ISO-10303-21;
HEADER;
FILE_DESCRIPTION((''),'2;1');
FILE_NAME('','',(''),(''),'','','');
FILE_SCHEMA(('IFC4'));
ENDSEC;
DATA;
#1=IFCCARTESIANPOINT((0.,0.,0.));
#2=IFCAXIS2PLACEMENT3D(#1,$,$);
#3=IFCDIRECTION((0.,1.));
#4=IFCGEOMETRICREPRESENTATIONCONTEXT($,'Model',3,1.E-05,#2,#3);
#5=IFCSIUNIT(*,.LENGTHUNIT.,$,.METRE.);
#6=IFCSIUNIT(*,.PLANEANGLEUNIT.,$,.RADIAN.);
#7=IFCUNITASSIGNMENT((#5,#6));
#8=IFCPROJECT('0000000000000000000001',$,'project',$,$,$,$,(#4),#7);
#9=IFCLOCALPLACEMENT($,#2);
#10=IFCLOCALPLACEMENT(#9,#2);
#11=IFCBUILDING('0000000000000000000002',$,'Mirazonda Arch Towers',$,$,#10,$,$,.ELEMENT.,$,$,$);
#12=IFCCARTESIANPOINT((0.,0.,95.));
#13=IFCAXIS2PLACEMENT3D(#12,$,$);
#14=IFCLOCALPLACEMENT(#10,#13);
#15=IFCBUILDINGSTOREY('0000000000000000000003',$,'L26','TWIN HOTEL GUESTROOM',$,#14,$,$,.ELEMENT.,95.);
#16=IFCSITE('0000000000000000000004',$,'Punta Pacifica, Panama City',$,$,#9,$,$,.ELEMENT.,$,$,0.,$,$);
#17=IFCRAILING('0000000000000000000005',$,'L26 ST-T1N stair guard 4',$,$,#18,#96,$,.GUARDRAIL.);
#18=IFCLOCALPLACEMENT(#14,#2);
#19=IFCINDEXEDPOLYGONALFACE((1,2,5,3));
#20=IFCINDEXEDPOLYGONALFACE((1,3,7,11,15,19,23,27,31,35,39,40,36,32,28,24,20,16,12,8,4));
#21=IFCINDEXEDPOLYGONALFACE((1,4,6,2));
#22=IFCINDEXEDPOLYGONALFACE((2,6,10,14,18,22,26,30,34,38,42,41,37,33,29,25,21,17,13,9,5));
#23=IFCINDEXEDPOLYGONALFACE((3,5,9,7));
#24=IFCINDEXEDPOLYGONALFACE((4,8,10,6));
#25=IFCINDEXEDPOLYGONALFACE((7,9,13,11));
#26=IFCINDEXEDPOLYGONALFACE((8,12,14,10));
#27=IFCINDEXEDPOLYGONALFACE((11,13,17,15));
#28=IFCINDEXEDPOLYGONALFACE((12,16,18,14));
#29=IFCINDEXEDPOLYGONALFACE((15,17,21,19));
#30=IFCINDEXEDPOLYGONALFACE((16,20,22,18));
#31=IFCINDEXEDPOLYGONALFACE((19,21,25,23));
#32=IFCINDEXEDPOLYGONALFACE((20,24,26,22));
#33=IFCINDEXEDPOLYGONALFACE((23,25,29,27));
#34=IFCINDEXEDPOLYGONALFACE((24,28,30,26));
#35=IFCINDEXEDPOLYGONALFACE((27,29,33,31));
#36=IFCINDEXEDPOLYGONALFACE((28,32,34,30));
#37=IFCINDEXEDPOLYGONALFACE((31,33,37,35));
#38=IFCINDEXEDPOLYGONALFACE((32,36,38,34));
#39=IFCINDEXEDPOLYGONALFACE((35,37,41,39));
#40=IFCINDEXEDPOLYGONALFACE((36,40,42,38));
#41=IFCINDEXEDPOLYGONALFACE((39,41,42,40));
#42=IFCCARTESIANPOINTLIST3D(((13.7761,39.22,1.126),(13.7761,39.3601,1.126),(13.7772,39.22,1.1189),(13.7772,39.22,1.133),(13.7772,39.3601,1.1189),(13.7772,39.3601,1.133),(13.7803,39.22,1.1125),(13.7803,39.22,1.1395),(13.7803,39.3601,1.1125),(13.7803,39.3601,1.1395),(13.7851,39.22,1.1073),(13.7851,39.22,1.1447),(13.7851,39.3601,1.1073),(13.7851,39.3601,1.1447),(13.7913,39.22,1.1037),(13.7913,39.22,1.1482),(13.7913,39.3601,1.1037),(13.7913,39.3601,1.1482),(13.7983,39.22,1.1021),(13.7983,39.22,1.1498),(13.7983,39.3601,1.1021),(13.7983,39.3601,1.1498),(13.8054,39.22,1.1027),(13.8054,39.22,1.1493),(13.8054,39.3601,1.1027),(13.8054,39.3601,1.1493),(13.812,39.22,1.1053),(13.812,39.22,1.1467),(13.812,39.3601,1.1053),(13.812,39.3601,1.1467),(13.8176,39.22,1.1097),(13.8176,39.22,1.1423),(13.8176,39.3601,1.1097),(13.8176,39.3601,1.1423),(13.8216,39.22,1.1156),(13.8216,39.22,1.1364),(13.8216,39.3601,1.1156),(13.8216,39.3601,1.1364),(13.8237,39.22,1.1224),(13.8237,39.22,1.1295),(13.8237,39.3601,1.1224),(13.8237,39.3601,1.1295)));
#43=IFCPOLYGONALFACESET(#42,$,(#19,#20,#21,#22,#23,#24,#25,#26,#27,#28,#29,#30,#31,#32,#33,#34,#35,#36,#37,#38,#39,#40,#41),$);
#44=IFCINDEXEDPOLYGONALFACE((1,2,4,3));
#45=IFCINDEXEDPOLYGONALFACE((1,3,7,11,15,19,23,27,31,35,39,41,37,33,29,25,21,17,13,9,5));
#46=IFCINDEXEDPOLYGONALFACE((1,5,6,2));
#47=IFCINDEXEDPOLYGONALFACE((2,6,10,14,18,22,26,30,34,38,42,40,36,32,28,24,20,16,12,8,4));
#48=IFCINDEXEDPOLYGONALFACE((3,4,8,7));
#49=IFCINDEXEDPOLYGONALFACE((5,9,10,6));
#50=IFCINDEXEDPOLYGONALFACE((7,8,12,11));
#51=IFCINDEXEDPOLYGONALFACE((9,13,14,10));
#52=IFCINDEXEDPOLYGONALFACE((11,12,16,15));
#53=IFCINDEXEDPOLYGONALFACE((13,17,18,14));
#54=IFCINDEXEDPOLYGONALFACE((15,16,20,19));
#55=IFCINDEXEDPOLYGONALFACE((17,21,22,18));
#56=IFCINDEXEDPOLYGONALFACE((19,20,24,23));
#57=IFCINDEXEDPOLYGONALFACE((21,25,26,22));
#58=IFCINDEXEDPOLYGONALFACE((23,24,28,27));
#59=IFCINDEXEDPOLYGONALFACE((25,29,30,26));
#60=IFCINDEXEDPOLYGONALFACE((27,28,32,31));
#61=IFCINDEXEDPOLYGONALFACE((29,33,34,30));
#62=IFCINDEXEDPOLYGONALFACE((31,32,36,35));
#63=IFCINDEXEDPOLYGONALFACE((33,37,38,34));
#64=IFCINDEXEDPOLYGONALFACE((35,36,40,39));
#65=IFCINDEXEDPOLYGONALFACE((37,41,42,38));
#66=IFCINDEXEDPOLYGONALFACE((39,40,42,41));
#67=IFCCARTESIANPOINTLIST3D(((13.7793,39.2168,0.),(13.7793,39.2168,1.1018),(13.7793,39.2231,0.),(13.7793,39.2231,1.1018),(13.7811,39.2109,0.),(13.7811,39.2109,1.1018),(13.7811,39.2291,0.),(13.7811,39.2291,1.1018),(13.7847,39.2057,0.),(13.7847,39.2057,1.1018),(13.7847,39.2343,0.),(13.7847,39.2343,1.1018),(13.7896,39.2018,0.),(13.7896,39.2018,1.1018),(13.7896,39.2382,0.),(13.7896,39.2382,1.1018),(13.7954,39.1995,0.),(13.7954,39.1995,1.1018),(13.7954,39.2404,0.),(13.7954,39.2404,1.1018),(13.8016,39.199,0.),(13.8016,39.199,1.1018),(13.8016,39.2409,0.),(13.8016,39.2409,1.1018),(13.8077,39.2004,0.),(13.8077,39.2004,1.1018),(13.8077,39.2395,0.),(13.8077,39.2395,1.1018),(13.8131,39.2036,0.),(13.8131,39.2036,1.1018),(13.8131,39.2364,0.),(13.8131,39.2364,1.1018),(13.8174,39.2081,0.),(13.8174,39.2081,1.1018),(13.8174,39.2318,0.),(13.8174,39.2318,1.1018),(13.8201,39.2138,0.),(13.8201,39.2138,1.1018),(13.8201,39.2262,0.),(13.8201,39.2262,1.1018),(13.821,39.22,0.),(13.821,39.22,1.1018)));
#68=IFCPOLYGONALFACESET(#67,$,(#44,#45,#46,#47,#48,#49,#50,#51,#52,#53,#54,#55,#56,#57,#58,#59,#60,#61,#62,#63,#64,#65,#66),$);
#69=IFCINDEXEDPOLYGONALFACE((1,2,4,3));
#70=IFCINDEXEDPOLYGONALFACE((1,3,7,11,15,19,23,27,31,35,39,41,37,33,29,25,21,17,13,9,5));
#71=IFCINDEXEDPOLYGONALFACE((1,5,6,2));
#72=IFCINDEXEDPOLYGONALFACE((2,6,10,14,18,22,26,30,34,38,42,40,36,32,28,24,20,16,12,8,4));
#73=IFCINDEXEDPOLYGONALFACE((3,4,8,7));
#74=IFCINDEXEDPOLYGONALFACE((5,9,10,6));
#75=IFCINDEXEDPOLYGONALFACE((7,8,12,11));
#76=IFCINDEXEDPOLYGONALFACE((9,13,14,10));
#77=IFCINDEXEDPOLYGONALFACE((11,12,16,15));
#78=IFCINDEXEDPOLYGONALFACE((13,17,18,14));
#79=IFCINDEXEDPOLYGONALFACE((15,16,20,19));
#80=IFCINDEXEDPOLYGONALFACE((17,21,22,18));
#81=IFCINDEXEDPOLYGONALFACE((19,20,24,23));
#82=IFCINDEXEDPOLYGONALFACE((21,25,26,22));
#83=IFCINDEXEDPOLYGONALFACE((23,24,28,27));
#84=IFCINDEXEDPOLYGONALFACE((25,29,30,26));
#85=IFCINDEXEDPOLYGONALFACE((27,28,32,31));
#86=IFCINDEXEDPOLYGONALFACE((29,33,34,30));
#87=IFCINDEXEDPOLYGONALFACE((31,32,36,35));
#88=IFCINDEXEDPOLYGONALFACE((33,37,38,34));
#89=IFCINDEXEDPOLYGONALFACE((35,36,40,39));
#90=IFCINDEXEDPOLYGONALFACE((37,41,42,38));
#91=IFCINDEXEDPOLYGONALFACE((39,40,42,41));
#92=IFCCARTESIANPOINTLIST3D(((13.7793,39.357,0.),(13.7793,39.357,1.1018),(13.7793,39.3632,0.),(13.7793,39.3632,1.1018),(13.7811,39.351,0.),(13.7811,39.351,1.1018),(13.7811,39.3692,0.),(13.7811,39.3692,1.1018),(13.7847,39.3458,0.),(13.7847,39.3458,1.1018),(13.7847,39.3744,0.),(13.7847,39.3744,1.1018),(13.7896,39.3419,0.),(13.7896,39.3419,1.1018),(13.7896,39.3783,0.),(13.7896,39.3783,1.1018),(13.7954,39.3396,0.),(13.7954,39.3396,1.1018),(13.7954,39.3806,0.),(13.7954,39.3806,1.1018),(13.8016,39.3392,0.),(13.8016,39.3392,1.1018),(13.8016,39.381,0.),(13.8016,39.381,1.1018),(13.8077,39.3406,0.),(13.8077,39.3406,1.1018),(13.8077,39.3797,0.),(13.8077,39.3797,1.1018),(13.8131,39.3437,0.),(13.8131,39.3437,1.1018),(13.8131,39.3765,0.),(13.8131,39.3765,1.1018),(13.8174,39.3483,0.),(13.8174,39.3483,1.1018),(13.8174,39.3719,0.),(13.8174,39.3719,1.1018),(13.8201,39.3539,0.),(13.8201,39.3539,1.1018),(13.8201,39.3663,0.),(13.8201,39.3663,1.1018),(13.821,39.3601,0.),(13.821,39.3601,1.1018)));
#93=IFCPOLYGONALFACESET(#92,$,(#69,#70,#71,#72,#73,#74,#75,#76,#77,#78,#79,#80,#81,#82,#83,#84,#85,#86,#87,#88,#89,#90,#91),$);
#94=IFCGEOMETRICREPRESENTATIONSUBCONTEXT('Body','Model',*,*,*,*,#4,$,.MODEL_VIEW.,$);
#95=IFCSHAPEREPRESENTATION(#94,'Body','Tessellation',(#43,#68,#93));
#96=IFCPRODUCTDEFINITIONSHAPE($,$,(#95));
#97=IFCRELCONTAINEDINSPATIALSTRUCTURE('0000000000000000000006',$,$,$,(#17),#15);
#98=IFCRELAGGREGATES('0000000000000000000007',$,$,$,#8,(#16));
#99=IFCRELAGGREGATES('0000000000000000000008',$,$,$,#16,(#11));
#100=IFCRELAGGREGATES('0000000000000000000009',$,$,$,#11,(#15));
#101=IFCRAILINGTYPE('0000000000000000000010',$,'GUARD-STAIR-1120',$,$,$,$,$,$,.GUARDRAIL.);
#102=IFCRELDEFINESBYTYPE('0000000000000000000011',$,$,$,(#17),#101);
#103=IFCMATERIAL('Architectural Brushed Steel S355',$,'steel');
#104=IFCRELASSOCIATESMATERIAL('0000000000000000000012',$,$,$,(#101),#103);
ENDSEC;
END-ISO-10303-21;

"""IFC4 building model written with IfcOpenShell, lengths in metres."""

from ifc_helpers import new_model, si_unit, direction, frame, origin, origin_2d, place, context, subcontext, project, spatial, circle, extrude, material, type_object, element, save


model = new_model("IFC4")

# Units and contexts
model_context = context("Model", 3, precision=1e-05, world=origin(), true_north=direction((0.0, 1.0)))
body_context = subcontext(model_context, "Body", "Model", "MODEL_VIEW")
ifc_project = project(units=[si_unit("LENGTHUNIT", "METRE"), si_unit("PLANEANGLEUNIT", "RADIAN")], contexts=[model_context])

# Site, building, storey
site_placement = place(None, origin())
site = spatial("IfcSite", under=ifc_project, at=site_placement, Name="Punta Pacifica, Panama City", CompositionType="ELEMENT", RefElevation=0.0)
building_placement = place(site_placement, origin())
building = spatial("IfcBuilding", under=site, at=building_placement, Name="Mirazonda Arch Towers", CompositionType="ELEMENT")
storey_placement = place(building_placement, frame((0.0, 0.0, 95.0)))
storey = spatial("IfcBuildingStorey", under=building, at=storey_placement, Name="L26", Description="TWIN HOTEL GUESTROOM", CompositionType="ELEMENT", Elevation=95.0)

# Shared definitions
ifc_material_1 = material(Name="Architectural Brushed Steel S355", Category="steel")

# Railing
railing_type_1 = type_object("IfcRailingType", Name="GUARD-STAIR-1120", PredefinedType="GUARDRAIL", material=ifc_material_1)
railing_1_placement = place(storey_placement, frame((13.8, 39.22, 0.0)))
element("IfcRailing", 1, at=railing_1_placement, inside=storey, type_object=railing_type_1, Name="L26 ST-T1N stair guard 4", PredefinedType="GUARDRAIL", context=body_context, shape_type="SweptSolid", body=[
    extrude(circle(Radius=0.0239, at=origin_2d()), frame((0.0, 0.0, 1.126), z_axis=(0.0, 1.0, 0.0), x_axis=(-1.0, 0.0, 0.0)), (0.0, 0.0, 1.0), 0.1401),
    extrude(circle(Radius=0.021, at=origin_2d()), origin(), (0.0, 0.0, 1.0), 1.1018),
    extrude(circle(Radius=0.021, at=origin_2d()), frame((0.0, 0.1401, 0.0)), (0.0, 0.0, 1.0), 1.1018),
])

save(model, "model.ifc")
